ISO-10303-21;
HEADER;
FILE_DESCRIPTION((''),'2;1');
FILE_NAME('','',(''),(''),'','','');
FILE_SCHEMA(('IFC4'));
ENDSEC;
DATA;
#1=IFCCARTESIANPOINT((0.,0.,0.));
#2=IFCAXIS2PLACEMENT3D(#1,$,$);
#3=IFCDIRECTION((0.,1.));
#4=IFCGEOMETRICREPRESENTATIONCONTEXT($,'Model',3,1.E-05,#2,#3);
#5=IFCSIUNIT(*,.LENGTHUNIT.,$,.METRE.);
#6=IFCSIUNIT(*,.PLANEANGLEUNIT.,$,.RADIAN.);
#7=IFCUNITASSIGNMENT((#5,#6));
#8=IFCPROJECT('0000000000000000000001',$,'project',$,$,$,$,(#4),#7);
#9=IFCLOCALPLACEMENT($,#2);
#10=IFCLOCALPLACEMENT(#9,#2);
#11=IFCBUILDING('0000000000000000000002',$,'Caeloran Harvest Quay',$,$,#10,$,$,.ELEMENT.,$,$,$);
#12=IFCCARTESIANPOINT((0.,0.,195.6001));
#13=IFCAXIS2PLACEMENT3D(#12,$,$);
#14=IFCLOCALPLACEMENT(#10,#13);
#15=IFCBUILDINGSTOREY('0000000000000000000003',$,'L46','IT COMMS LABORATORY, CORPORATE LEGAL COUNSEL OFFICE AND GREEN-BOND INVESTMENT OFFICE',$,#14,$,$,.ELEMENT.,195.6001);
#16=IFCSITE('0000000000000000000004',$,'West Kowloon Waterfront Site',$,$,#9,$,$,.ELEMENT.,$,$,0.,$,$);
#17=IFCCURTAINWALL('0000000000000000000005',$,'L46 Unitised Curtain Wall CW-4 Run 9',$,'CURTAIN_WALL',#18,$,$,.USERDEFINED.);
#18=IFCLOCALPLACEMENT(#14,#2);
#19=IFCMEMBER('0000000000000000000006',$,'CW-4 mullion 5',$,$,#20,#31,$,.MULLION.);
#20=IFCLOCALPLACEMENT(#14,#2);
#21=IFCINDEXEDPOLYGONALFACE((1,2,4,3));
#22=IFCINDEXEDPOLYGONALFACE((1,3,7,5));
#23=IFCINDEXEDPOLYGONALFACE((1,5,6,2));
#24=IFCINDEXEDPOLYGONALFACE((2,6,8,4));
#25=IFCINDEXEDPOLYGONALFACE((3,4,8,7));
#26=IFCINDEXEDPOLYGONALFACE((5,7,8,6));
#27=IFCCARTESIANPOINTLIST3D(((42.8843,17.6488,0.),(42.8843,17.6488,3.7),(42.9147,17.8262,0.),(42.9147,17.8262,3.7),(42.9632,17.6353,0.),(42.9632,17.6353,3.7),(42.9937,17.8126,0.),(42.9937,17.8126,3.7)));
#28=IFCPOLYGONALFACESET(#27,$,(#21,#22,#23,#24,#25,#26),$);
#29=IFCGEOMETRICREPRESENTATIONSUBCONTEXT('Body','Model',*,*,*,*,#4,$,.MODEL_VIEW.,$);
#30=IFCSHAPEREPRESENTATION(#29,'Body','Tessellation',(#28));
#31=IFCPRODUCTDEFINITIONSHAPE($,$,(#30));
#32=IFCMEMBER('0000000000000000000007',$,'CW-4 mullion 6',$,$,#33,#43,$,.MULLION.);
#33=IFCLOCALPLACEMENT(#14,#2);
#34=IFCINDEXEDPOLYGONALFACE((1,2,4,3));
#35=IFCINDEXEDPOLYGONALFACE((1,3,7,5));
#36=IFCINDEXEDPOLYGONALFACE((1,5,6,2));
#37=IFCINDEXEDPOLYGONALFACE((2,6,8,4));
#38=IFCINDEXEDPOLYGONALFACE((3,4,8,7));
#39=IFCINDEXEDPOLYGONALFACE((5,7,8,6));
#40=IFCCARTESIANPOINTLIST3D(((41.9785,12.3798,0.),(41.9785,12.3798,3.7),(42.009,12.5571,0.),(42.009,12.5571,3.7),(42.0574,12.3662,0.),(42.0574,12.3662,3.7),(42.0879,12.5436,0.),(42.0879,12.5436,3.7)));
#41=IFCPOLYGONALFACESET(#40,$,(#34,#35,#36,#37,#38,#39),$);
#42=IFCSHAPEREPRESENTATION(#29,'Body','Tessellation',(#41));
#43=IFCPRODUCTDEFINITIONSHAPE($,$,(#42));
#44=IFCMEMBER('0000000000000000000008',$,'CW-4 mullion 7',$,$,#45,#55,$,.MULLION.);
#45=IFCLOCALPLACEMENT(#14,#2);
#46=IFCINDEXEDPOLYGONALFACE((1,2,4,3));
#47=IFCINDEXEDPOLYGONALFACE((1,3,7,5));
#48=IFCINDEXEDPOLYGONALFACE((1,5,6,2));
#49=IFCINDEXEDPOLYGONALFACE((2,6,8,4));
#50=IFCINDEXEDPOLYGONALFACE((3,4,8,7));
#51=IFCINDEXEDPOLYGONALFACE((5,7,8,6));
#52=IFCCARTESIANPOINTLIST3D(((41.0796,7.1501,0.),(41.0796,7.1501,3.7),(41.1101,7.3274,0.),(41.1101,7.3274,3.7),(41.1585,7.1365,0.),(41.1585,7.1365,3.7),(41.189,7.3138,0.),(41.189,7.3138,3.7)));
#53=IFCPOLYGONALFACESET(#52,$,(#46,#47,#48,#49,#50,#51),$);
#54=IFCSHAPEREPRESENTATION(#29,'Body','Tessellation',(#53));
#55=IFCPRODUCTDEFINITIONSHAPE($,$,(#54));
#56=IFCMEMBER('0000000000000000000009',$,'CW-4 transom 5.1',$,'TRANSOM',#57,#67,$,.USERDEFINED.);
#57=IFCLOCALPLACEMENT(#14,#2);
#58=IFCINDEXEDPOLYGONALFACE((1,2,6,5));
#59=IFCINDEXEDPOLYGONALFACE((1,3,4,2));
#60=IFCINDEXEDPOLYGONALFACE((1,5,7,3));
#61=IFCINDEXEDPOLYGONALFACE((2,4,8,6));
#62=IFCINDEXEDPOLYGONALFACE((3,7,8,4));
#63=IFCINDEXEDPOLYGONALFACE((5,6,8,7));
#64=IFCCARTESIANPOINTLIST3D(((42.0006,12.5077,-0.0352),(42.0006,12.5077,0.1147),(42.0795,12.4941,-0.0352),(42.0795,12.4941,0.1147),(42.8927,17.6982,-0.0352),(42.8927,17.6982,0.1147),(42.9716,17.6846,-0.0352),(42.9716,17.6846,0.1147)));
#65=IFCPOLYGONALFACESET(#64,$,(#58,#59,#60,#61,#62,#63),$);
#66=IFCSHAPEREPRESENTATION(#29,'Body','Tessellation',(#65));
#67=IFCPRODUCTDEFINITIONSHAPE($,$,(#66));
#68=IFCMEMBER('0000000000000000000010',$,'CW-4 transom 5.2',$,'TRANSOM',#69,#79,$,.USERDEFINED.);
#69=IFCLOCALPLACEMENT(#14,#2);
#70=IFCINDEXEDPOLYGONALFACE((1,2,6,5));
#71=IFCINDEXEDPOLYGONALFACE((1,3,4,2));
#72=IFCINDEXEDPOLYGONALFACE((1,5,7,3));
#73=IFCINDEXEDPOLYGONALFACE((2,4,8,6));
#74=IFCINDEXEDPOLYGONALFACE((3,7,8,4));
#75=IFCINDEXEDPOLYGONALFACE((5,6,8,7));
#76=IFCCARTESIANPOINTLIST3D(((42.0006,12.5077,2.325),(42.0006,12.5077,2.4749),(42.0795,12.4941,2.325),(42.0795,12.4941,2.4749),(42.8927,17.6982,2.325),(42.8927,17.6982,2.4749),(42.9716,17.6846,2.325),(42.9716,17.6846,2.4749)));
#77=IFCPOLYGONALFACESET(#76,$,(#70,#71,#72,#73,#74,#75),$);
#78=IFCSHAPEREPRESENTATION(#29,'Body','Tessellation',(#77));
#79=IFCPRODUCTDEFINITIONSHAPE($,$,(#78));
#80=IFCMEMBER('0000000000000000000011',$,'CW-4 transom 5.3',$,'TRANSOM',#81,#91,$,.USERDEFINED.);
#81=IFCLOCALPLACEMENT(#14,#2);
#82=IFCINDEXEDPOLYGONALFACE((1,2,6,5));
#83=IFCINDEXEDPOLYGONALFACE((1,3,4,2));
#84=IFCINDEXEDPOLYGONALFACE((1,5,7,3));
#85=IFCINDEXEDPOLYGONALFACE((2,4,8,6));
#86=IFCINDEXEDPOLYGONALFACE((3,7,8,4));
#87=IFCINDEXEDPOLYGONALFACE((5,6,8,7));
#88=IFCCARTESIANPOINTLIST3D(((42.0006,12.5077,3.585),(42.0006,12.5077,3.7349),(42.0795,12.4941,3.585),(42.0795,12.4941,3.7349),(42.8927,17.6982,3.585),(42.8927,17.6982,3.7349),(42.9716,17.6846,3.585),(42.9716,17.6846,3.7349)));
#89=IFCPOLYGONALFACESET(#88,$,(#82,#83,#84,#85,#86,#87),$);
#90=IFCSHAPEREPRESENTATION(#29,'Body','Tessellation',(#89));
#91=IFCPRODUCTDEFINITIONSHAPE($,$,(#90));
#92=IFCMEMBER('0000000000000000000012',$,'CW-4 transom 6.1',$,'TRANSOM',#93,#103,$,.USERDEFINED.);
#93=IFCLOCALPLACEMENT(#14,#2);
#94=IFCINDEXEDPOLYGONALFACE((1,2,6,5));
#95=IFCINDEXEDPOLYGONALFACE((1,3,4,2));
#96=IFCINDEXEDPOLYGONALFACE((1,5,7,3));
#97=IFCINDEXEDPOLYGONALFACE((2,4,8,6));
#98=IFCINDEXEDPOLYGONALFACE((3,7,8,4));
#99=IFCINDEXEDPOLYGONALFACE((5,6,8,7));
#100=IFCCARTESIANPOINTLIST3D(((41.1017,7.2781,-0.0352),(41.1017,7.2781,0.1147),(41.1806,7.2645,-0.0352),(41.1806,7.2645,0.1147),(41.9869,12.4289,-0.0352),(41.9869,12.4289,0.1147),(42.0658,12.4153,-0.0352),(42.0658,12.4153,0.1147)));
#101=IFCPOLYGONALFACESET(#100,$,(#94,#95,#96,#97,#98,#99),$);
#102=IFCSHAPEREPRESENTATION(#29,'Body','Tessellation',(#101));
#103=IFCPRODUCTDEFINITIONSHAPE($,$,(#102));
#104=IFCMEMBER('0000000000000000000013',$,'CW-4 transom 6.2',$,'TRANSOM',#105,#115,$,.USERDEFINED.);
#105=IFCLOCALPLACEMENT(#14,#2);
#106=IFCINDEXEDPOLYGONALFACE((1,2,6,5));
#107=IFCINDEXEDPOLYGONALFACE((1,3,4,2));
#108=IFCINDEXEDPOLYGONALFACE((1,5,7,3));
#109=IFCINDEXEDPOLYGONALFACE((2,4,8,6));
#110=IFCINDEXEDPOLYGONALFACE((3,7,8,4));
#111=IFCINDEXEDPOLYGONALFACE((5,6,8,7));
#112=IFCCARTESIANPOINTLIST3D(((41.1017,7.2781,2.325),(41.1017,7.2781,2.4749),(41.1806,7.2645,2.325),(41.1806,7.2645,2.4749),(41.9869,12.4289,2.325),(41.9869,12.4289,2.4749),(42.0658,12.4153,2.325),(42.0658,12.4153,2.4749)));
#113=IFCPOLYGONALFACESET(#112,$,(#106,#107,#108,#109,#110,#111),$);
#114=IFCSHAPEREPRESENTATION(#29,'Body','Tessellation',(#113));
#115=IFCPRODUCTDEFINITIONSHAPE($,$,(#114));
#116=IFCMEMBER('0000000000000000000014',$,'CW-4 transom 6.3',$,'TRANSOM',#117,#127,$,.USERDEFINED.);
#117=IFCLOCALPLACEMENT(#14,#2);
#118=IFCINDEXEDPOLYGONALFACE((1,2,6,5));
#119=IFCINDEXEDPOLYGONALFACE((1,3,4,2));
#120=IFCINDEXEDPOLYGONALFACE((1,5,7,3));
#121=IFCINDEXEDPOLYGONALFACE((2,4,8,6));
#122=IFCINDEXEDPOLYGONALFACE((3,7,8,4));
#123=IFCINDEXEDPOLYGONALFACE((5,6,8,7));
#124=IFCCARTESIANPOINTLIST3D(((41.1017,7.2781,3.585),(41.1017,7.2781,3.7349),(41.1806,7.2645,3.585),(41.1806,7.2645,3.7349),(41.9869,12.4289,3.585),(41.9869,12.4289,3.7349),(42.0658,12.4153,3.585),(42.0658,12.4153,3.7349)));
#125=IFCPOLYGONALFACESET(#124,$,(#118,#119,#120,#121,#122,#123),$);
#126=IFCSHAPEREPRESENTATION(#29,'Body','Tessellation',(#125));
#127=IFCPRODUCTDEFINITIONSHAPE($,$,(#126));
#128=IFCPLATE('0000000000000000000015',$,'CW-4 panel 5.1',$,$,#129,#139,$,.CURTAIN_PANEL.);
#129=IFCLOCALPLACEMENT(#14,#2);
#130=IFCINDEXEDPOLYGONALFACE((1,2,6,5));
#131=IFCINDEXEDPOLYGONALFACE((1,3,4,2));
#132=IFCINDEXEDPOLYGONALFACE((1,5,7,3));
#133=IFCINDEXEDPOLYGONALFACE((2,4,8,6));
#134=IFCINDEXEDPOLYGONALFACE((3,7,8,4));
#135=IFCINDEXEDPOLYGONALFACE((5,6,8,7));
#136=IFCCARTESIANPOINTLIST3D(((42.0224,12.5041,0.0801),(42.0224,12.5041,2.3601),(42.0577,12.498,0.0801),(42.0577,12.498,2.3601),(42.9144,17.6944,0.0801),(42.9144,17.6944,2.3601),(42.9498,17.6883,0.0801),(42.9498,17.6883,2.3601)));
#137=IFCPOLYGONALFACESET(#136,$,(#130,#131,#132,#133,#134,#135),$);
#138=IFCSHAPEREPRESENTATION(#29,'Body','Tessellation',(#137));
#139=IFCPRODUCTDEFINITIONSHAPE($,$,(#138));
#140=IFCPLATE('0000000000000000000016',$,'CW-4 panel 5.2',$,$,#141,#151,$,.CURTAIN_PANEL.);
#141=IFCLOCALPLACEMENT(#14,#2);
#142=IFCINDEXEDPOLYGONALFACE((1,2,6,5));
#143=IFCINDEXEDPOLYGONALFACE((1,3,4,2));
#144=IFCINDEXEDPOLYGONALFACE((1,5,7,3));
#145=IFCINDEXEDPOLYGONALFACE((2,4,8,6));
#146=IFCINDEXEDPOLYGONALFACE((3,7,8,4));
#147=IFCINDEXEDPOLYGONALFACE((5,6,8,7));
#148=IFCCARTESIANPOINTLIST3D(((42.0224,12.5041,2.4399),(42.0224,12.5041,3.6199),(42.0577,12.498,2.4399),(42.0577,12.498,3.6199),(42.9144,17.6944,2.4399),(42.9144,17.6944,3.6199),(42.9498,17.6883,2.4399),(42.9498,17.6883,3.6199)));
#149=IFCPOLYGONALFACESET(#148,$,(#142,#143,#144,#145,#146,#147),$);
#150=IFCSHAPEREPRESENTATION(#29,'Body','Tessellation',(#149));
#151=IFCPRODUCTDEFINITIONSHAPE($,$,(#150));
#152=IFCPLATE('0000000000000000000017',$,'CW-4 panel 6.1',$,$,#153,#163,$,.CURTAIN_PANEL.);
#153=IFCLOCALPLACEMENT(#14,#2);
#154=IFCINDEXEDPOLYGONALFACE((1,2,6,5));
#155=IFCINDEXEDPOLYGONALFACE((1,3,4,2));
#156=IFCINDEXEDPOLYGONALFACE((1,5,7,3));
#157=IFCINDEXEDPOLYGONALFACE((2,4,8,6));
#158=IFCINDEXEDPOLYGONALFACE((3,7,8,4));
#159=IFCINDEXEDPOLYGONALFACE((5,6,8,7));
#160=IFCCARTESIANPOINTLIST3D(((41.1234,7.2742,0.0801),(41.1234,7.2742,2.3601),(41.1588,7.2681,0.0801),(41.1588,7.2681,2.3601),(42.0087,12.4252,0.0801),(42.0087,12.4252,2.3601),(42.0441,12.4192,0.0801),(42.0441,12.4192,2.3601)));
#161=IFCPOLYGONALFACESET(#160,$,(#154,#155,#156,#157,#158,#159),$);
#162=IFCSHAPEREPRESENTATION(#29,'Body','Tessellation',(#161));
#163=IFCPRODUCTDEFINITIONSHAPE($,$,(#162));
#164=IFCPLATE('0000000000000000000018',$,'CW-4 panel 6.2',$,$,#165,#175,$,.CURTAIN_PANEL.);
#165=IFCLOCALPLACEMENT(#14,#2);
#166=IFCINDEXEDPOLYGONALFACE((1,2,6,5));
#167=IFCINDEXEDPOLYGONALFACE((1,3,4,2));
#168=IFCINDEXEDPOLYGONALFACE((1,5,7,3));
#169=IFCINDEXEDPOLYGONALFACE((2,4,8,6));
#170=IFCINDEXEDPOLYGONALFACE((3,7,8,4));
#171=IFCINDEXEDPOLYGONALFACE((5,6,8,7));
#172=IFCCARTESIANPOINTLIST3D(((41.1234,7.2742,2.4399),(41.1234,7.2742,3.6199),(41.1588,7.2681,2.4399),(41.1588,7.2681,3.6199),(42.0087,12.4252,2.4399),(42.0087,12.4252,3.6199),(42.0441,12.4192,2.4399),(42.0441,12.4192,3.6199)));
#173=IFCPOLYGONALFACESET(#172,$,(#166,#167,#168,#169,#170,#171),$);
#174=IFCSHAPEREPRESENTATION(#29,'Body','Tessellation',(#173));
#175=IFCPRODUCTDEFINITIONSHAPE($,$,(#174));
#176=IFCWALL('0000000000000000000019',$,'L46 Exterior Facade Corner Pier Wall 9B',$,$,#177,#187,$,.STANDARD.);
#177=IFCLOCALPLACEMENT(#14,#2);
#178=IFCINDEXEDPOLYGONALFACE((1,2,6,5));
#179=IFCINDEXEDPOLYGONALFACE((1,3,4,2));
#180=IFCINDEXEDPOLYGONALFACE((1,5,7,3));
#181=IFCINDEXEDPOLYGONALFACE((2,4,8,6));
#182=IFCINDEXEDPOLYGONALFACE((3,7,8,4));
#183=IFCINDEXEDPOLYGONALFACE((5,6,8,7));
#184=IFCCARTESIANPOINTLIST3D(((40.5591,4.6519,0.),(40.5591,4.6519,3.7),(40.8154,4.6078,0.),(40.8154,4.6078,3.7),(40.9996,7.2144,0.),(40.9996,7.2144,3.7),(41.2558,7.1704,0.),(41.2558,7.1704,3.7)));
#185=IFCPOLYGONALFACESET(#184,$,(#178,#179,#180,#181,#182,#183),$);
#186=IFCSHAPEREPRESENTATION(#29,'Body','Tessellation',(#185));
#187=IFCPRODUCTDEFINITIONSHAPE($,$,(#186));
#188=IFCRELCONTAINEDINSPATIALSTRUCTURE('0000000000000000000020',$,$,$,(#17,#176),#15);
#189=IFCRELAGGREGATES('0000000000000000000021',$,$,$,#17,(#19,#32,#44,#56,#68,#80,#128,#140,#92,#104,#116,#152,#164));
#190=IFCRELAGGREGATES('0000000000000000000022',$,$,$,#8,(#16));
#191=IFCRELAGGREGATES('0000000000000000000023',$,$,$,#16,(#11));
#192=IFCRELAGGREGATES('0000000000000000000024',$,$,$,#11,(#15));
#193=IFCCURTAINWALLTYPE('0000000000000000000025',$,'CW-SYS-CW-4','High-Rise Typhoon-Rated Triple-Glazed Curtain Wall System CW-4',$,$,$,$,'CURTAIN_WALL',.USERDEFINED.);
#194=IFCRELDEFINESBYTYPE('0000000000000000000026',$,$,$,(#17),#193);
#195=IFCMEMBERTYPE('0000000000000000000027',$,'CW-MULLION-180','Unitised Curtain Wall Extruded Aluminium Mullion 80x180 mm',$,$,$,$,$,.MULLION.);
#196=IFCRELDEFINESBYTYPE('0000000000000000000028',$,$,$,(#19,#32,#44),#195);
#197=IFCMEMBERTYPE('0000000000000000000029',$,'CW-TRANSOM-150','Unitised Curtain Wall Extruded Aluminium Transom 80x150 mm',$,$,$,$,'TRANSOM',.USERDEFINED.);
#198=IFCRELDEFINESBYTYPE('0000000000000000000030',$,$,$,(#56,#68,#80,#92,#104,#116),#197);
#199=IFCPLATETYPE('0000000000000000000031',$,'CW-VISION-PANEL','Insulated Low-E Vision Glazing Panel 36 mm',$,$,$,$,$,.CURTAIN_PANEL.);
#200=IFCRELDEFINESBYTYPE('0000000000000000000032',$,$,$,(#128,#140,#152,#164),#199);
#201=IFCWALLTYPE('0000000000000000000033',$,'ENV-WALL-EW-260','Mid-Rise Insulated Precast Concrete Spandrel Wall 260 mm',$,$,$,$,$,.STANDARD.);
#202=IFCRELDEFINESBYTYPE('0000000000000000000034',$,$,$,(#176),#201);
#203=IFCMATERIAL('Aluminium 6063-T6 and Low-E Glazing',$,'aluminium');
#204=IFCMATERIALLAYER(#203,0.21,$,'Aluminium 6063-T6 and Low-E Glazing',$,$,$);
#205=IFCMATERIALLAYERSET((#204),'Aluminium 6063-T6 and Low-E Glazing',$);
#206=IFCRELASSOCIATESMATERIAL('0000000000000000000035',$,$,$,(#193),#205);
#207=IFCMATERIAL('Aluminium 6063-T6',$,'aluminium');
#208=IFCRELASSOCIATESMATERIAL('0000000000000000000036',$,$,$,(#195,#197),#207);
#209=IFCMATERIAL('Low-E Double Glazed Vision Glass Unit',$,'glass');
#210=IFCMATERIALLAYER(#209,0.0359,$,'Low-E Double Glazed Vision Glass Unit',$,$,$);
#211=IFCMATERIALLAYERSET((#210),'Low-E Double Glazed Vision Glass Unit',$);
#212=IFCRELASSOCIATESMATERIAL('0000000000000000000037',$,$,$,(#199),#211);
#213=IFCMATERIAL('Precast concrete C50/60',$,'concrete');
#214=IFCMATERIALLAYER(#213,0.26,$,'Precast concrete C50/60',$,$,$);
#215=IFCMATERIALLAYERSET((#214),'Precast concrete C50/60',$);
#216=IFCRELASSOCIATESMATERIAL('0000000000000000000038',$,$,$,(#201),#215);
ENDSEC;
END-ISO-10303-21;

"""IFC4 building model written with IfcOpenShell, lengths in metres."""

from ifc_helpers import new_model, si_unit, direction, frame, frame_2d, origin, origin_2d, place, context, subcontext, project, spatial, rectangle, extrude, material, layer, layer_set, material_profile, profile_set, type_object, element, aggregate, save


model = new_model("IFC4")

# Units and contexts
model_context = context("Model", 3, precision=1e-05, world=origin(), true_north=direction((0.0, 1.0)))
body_context = subcontext(model_context, "Body", "Model", "MODEL_VIEW")
ifc_project = project(units=[si_unit("LENGTHUNIT", "METRE"), si_unit("PLANEANGLEUNIT", "RADIAN")], contexts=[model_context])

# Site, building, storey
site_placement = place(None, origin())
site = spatial("IfcSite", under=ifc_project, at=site_placement, Name="West Kowloon Waterfront Site", CompositionType="ELEMENT", RefElevation=0.0)
building_placement = place(site_placement, origin())
building = spatial("IfcBuilding", under=site, at=building_placement, Name="Caeloran Harvest Quay", CompositionType="ELEMENT")
storey_placement = place(building_placement, frame((0.0, 0.0, 195.6001)))
storey = spatial("IfcBuildingStorey", under=building, at=storey_placement, Name="L46", Description="IT COMMS LABORATORY, CORPORATE LEGAL COUNSEL OFFICE AND GREEN-BOND INVESTMENT OFFICE", CompositionType="ELEMENT", Elevation=195.6001)

# Curtain wall, members, plates
ifc_material_1 = material(Name="Aluminium 6063-T6 and Low-E Glazing", Category="aluminium")
ifc_layer_1 = layer(ifc_material_1, 0.21, Name="Aluminium 6063-T6 and Low-E Glazing")
ifc_layer_set_1 = layer_set([ifc_layer_1], Name="Aluminium 6063-T6 and Low-E Glazing")
curtain_wall_type = type_object("IfcCurtainWallType", Name="CW-SYS-CW-4", Description="High-Rise Typhoon-Rated Triple-Glazed Curtain Wall System CW-4", ElementType="CURTAIN_WALL", PredefinedType="USERDEFINED", material=ifc_layer_set_1)
curtain_wall_placement = place(storey_placement, origin())
curtain_wall = element("IfcCurtainWall", 1, at=curtain_wall_placement, inside=storey, type_object=curtain_wall_type, Name="L46 Unitised Curtain Wall CW-4 Run 9", ObjectType="CURTAIN_WALL", PredefinedType="USERDEFINED")
ifc_material_2 = material(Name="Aluminium 6063-T6", Category="aluminium")
ifc_material_profile_1 = material_profile(ifc_material_2, rectangle(XDim=0.0801, YDim=0.1799, at=origin_2d()), Name="CW-MULLION-180")
ifc_profile_set_1 = profile_set([ifc_material_profile_1], Name="Aluminium 6063-T6")
member_type_1 = type_object("IfcMemberType", Name="CW-MULLION-180", Description="Unitised Curtain Wall Extruded Aluminium Mullion 80x180 mm", PredefinedType="MULLION", material=ifc_profile_set_1)
member_1_placement = place(storey_placement, frame((42.939, 17.7307, 0.0), z_axis=(0.0, 0.0, 1.0), x_axis=(0.985549, -0.169392, 0.0)))
member_1 = element("IfcMember", 2, at=member_1_placement, type_object=member_type_1, Name="CW-4 mullion 5", PredefinedType="MULLION", context=body_context, shape_type="SweptSolid", body=[
    extrude(rectangle(XDim=0.0801, YDim=0.1799, at=origin_2d()), origin(), (0.0, 0.0, 1.0), 3.7),
])
member_2_placement = place(storey_placement, frame((42.0332, 12.4617, 0.0), z_axis=(0.0, 0.0, 1.0), x_axis=(0.985549, -0.169392, 0.0)))
member_2 = element("IfcMember", 3, at=member_2_placement, type_object=member_type_1, Name="CW-4 mullion 6", PredefinedType="MULLION", context=body_context, shape_type="SweptSolid", body=[
    extrude(rectangle(XDim=0.0801, YDim=0.1799, at=origin_2d()), origin(), (0.0, 0.0, 1.0), 3.7),
])
member_3_placement = place(storey_placement, frame((41.1343, 7.2319, 0.0), z_axis=(0.0, 0.0, 1.0), x_axis=(0.985549, -0.169392, 0.0)))
member_3 = element("IfcMember", 4, at=member_3_placement, type_object=member_type_1, Name="CW-4 mullion 7", PredefinedType="MULLION", context=body_context, shape_type="SweptSolid", body=[
    extrude(rectangle(XDim=0.0801, YDim=0.1799, at=origin_2d()), origin(), (0.0, 0.0, 1.0), 3.7),
])
ifc_material_profile_2 = material_profile(ifc_material_2, rectangle(XDim=0.0801, YDim=0.1499, at=origin_2d()), Name="CW-TRANSOM-150")
ifc_profile_set_2 = profile_set([ifc_material_profile_2], Name="Aluminium 6063-T6")
member_type_2 = type_object("IfcMemberType", Name="CW-TRANSOM-150", Description="Unitised Curtain Wall Extruded Aluminium Transom 80x150 mm", ElementType="TRANSOM", PredefinedType="USERDEFINED", material=ifc_profile_set_2)
member_4_placement = place(storey_placement, frame((42.9321, 17.6914, 0.0398), z_axis=(-0.169388, -0.985549, 0.0), x_axis=(0.985549, -0.169388, 0.0)))
member_4 = element("IfcMember", 5, at=member_4_placement, type_object=member_type_2, Name="CW-4 transom 5.1", ObjectType="TRANSOM", PredefinedType="USERDEFINED", context=body_context, shape_type="SweptSolid", body=[
    extrude(rectangle(XDim=0.0801, YDim=0.1499, at=origin_2d()), origin(), (0.0, 0.0, 1.0), 5.2666),
])
member_5_placement = place(storey_placement, frame((42.9321, 17.6914, 2.3999), z_axis=(-0.169388, -0.985549, 0.0), x_axis=(0.985549, -0.169388, 0.0)))
member_5 = element("IfcMember", 6, at=member_5_placement, type_object=member_type_2, Name="CW-4 transom 5.2", ObjectType="TRANSOM", PredefinedType="USERDEFINED", context=body_context, shape_type="SweptSolid", body=[
    extrude(rectangle(XDim=0.0801, YDim=0.1499, at=origin_2d()), origin(), (0.0, 0.0, 1.0), 5.2666),
])
member_6_placement = place(storey_placement, frame((42.9321, 17.6914, 3.6599), z_axis=(-0.169388, -0.985549, 0.0), x_axis=(0.985549, -0.169388, 0.0)))
member_6 = element("IfcMember", 7, at=member_6_placement, type_object=member_type_2, Name="CW-4 transom 5.3", ObjectType="TRANSOM", PredefinedType="USERDEFINED", context=body_context, shape_type="SweptSolid", body=[
    extrude(rectangle(XDim=0.0801, YDim=0.1499, at=origin_2d()), origin(), (0.0, 0.0, 1.0), 5.2666),
])
member_7_placement = place(storey_placement, frame((42.0264, 12.4221, 0.0398), z_axis=(-0.169381, -0.985551, 0.0), x_axis=(0.985551, -0.169381, 0.0)))
member_7 = element("IfcMember", 8, at=member_7_placement, type_object=member_type_2, Name="CW-4 transom 6.1", ObjectType="TRANSOM", PredefinedType="USERDEFINED", context=body_context, shape_type="SweptSolid", body=[
    extrude(rectangle(XDim=0.0801, YDim=0.1499, at=origin_2d()), origin(), (0.0, 0.0, 1.0), 5.2263),
])
member_8_placement = place(storey_placement, frame((42.0264, 12.4221, 2.3999), z_axis=(-0.169381, -0.985551, 0.0), x_axis=(0.985551, -0.169381, 0.0)))
member_8 = element("IfcMember", 9, at=member_8_placement, type_object=member_type_2, Name="CW-4 transom 6.2", ObjectType="TRANSOM", PredefinedType="USERDEFINED", context=body_context, shape_type="SweptSolid", body=[
    extrude(rectangle(XDim=0.0801, YDim=0.1499, at=origin_2d()), origin(), (0.0, 0.0, 1.0), 5.2263),
])
member_9_placement = place(storey_placement, frame((42.0264, 12.4221, 3.6599), z_axis=(-0.169381, -0.985551, 0.0), x_axis=(0.985551, -0.169381, 0.0)))
member_9 = element("IfcMember", 10, at=member_9_placement, type_object=member_type_2, Name="CW-4 transom 6.3", ObjectType="TRANSOM", PredefinedType="USERDEFINED", context=body_context, shape_type="SweptSolid", body=[
    extrude(rectangle(XDim=0.0801, YDim=0.1499, at=origin_2d()), origin(), (0.0, 0.0, 1.0), 5.2263),
])
ifc_material_3 = material(Name="Low-E Double Glazed Vision Glass Unit", Category="glass")
ifc_layer_2 = layer(ifc_material_3, 0.0359, Name="Low-E Double Glazed Vision Glass Unit")
ifc_layer_set_2 = layer_set([ifc_layer_2], Name="Low-E Double Glazed Vision Glass Unit")
plate_type = type_object("IfcPlateType", Name="CW-VISION-PANEL", Description="Insulated Low-E Vision Glazing Panel 36 mm", PredefinedType="CURTAIN_PANEL", material=ifc_layer_set_2)
plate_1_placement = place(storey_placement, frame((42.4861, 15.0962, 0.0801), z_axis=(0.0, 0.0, 1.0), x_axis=(-0.169392, -0.985549, 0.0)))
plate_1 = element("IfcPlate", 11, at=plate_1_placement, type_object=plate_type, Name="CW-4 panel 5.1", PredefinedType="CURTAIN_PANEL", context=body_context, shape_type="SweptSolid", body=[
    extrude(rectangle(XDim=5.2664, YDim=0.0359, at=origin_2d()), origin(), (0.0, 0.0, 1.0), 2.28),
])
plate_2_placement = place(storey_placement, frame((42.4861, 15.0962, 2.4399), z_axis=(0.0, 0.0, 1.0), x_axis=(-0.169392, -0.985549, 0.0)))
plate_2 = element("IfcPlate", 12, at=plate_2_placement, type_object=plate_type, Name="CW-4 panel 5.2", PredefinedType="CURTAIN_PANEL", context=body_context, shape_type="SweptSolid", body=[
    extrude(rectangle(XDim=5.2664, YDim=0.0359, at=origin_2d()), origin(), (0.0, 0.0, 1.0), 1.1799),
])
plate_3_placement = place(storey_placement, frame((41.5837, 9.8467, 0.0801), z_axis=(0.0, 0.0, 1.0), x_axis=(-0.169392, -0.985549, 0.0)))
plate_3 = element("IfcPlate", 13, at=plate_3_placement, type_object=plate_type, Name="CW-4 panel 6.1", PredefinedType="CURTAIN_PANEL", context=body_context, shape_type="SweptSolid", body=[
    extrude(rectangle(XDim=5.2266, YDim=0.0359, at=origin_2d()), origin(), (0.0, 0.0, 1.0), 2.28),
])
plate_4_placement = place(storey_placement, frame((41.5837, 9.8467, 2.4399), z_axis=(0.0, 0.0, 1.0), x_axis=(-0.169392, -0.985549, 0.0)))
plate_4 = element("IfcPlate", 14, at=plate_4_placement, type_object=plate_type, Name="CW-4 panel 6.2", PredefinedType="CURTAIN_PANEL", context=body_context, shape_type="SweptSolid", body=[
    extrude(rectangle(XDim=5.2266, YDim=0.0359, at=origin_2d()), origin(), (0.0, 0.0, 1.0), 1.1799),
])
aggregate(curtain_wall, [member_1, member_2, member_3, member_4, member_5, member_6, plate_1, plate_2, member_7, member_8, member_9, plate_3, plate_4])

# Wall
ifc_material_4 = material(Name="Precast concrete C50/60", Category="concrete")
ifc_layer_3 = layer(ifc_material_4, 0.26, Name="Precast concrete C50/60")
ifc_layer_set_3 = layer_set([ifc_layer_3], Name="Precast concrete C50/60")
wall_type_1 = type_object("IfcWallType", Name="ENV-WALL-EW-260", Description="Mid-Rise Insulated Precast Concrete Spandrel Wall 260 mm", PredefinedType="STANDARD", material=ifc_layer_set_3)
wall_1_placement = place(storey_placement, frame((41.1277, 7.1924, 0.0), z_axis=(0.0, 0.0, 1.0), x_axis=(-0.169391, -0.985549, 0.0)))
element("IfcWall", 15, at=wall_1_placement, inside=storey, type_object=wall_type_1, Name="L46 Exterior Facade Corner Pier Wall 9B", PredefinedType="STANDARD", context=body_context, shape_type="SweptSolid", body=[
    extrude(rectangle(XDim=2.6001, YDim=0.26, at=frame_2d((1.3, 0.0))), origin(), (0.0, 0.0, 1.0), 3.7),
])

save(model, "model.ifc")
